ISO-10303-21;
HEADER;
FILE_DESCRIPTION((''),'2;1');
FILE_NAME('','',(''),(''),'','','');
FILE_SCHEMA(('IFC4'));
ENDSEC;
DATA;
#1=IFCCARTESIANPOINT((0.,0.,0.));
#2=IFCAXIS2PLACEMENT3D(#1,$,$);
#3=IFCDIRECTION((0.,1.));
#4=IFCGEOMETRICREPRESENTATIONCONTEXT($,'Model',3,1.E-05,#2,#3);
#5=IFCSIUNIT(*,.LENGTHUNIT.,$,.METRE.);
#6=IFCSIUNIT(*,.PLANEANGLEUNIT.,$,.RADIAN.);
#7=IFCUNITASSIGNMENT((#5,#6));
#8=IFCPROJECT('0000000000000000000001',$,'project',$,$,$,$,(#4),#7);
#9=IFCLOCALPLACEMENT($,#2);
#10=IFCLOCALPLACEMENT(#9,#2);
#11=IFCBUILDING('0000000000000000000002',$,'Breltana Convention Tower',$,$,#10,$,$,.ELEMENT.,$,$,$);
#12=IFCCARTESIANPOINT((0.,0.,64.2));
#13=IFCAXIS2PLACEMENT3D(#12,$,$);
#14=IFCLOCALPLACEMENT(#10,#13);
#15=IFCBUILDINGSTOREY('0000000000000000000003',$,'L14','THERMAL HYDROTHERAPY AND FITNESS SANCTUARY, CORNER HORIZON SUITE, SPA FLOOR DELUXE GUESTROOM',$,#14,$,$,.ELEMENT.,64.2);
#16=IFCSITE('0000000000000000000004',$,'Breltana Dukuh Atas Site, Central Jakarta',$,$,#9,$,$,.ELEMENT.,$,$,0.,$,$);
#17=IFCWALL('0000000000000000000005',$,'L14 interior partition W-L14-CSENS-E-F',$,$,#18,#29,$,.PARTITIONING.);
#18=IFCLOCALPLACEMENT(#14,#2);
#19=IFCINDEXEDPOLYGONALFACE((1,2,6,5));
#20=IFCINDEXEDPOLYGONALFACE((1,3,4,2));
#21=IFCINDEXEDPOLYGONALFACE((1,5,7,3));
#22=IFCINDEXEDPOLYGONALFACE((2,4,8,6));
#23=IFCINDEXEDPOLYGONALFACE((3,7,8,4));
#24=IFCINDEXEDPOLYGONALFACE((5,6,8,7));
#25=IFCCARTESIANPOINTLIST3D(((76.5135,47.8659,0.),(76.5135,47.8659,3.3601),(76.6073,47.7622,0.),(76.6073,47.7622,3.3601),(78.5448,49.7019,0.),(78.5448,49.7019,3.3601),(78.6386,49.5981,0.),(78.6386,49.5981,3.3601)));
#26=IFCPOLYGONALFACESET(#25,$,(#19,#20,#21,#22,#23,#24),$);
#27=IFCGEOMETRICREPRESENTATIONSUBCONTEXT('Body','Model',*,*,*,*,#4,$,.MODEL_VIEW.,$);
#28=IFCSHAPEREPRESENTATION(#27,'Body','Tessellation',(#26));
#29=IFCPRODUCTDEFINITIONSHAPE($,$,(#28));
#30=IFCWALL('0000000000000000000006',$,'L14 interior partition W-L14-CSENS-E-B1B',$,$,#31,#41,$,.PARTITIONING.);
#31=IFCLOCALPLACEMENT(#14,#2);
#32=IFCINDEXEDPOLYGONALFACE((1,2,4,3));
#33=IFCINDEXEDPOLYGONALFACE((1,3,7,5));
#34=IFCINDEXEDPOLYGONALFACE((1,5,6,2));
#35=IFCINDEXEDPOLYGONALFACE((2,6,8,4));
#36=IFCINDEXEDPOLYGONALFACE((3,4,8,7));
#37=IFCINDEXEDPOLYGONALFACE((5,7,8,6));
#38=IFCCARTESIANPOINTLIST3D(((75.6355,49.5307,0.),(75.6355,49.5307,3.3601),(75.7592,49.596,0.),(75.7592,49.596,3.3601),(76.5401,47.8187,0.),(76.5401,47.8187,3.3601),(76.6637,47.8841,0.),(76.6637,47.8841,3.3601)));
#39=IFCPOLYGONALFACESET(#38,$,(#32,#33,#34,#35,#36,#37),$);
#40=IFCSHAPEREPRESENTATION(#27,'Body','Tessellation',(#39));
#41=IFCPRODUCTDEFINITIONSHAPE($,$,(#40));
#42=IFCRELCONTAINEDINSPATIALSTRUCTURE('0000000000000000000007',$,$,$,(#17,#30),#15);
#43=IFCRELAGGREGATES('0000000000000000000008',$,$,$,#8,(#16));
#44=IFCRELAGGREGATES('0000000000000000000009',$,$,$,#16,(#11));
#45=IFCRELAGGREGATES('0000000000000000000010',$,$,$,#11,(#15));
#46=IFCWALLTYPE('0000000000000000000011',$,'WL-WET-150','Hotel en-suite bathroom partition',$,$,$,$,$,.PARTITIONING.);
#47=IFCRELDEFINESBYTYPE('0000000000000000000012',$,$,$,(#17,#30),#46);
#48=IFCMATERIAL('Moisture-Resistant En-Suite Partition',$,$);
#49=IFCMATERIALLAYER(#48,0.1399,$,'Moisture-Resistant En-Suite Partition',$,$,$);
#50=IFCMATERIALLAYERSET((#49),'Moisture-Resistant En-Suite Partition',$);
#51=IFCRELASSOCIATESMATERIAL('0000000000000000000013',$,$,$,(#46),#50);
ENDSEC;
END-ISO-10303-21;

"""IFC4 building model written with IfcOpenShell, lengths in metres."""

from ifc_helpers import new_model, si_unit, direction, frame, frame_2d, origin, place, context, subcontext, project, spatial, rectangle, extrude, source, transform, mapped, material, layer, layer_set, type_object, element, save


model = new_model("IFC4")

# Units and contexts
model_context = context("Model", 3, precision=1e-05, world=origin(), true_north=direction((0.0, 1.0)))
body_context = subcontext(model_context, "Body", "Model", "MODEL_VIEW")
ifc_project = project(units=[si_unit("LENGTHUNIT", "METRE"), si_unit("PLANEANGLEUNIT", "RADIAN")], contexts=[model_context])

# Site, building, storey
site_placement = place(None, origin())
site = spatial("IfcSite", under=ifc_project, at=site_placement, Name="Breltana Dukuh Atas Site, Central Jakarta", CompositionType="ELEMENT", RefElevation=0.0)
building_placement = place(site_placement, origin())
building = spatial("IfcBuilding", under=site, at=building_placement, Name="Breltana Convention Tower", CompositionType="ELEMENT")
storey_placement = place(building_placement, frame((0.0, 0.0, 64.2)))
storey = spatial("IfcBuildingStorey", under=building, at=storey_placement, Name="L14", Description="THERMAL HYDROTHERAPY AND FITNESS SANCTUARY, CORNER HORIZON SUITE, SPA FLOOR DELUXE GUESTROOM", CompositionType="ELEMENT", Elevation=64.2)

# Shared definitions
ifc_material_1 = material(Name="Moisture-Resistant En-Suite Partition")
ifc_layer_1 = layer(ifc_material_1, 0.1399, Name="Moisture-Resistant En-Suite Partition")
ifc_layer_set_1 = layer_set([ifc_layer_1], Name="Moisture-Resistant En-Suite Partition")
wall_type_1 = type_object("IfcWallType", Name="WL-WET-150", Description="Hotel en-suite bathroom partition", PredefinedType="PARTITIONING", material=ifc_layer_set_1)

# Walls
shared_shape_1 = source(origin(), body_context, "Body", "SweptSolid", [
    extrude(rectangle(XDim=2.738, YDim=0.1399, at=frame_2d((1.3691, 0.0))), origin(), (0.0, 0.0, 1.0), 3.3601),
])
wall_1_placement = place(storey_placement, frame((76.5603, 47.814, 0.0), z_axis=(0.0, 0.0, 1.0), x_axis=(0.741874, 0.67054, 0.0)))
element("IfcWall", 1, at=wall_1_placement, inside=storey, type_object=wall_type_1, Name="L14 interior partition W-L14-CSENS-E-F", PredefinedType="PARTITIONING", context=body_context, shape_type="MappedRepresentation", body=[
    mapped(shared_shape_1, transform((0.0, 0.0, 0.0), scale=1.0)),
])
shared_shape_2 = source(origin(), body_context, "Body", "SweptSolid", [
    extrude(rectangle(XDim=1.9363, YDim=0.1399, at=frame_2d((0.9683, 0.0))), origin(), (0.0, 0.0, 1.0), 3.3601),
])
wall_2_placement = place(storey_placement, frame((75.6973, 49.5635, 0.0), z_axis=(0.0, 0.0, 1.0), x_axis=(0.467175, -0.884165, 0.0)))
element("IfcWall", 2, at=wall_2_placement, inside=storey, type_object=wall_type_1, Name="L14 interior partition W-L14-CSENS-E-B1B", PredefinedType="PARTITIONING", context=body_context, shape_type="MappedRepresentation", body=[
    mapped(shared_shape_2, transform((0.0, 0.0, 0.0), scale=1.0)),
])

save(model, "model.ifc")
